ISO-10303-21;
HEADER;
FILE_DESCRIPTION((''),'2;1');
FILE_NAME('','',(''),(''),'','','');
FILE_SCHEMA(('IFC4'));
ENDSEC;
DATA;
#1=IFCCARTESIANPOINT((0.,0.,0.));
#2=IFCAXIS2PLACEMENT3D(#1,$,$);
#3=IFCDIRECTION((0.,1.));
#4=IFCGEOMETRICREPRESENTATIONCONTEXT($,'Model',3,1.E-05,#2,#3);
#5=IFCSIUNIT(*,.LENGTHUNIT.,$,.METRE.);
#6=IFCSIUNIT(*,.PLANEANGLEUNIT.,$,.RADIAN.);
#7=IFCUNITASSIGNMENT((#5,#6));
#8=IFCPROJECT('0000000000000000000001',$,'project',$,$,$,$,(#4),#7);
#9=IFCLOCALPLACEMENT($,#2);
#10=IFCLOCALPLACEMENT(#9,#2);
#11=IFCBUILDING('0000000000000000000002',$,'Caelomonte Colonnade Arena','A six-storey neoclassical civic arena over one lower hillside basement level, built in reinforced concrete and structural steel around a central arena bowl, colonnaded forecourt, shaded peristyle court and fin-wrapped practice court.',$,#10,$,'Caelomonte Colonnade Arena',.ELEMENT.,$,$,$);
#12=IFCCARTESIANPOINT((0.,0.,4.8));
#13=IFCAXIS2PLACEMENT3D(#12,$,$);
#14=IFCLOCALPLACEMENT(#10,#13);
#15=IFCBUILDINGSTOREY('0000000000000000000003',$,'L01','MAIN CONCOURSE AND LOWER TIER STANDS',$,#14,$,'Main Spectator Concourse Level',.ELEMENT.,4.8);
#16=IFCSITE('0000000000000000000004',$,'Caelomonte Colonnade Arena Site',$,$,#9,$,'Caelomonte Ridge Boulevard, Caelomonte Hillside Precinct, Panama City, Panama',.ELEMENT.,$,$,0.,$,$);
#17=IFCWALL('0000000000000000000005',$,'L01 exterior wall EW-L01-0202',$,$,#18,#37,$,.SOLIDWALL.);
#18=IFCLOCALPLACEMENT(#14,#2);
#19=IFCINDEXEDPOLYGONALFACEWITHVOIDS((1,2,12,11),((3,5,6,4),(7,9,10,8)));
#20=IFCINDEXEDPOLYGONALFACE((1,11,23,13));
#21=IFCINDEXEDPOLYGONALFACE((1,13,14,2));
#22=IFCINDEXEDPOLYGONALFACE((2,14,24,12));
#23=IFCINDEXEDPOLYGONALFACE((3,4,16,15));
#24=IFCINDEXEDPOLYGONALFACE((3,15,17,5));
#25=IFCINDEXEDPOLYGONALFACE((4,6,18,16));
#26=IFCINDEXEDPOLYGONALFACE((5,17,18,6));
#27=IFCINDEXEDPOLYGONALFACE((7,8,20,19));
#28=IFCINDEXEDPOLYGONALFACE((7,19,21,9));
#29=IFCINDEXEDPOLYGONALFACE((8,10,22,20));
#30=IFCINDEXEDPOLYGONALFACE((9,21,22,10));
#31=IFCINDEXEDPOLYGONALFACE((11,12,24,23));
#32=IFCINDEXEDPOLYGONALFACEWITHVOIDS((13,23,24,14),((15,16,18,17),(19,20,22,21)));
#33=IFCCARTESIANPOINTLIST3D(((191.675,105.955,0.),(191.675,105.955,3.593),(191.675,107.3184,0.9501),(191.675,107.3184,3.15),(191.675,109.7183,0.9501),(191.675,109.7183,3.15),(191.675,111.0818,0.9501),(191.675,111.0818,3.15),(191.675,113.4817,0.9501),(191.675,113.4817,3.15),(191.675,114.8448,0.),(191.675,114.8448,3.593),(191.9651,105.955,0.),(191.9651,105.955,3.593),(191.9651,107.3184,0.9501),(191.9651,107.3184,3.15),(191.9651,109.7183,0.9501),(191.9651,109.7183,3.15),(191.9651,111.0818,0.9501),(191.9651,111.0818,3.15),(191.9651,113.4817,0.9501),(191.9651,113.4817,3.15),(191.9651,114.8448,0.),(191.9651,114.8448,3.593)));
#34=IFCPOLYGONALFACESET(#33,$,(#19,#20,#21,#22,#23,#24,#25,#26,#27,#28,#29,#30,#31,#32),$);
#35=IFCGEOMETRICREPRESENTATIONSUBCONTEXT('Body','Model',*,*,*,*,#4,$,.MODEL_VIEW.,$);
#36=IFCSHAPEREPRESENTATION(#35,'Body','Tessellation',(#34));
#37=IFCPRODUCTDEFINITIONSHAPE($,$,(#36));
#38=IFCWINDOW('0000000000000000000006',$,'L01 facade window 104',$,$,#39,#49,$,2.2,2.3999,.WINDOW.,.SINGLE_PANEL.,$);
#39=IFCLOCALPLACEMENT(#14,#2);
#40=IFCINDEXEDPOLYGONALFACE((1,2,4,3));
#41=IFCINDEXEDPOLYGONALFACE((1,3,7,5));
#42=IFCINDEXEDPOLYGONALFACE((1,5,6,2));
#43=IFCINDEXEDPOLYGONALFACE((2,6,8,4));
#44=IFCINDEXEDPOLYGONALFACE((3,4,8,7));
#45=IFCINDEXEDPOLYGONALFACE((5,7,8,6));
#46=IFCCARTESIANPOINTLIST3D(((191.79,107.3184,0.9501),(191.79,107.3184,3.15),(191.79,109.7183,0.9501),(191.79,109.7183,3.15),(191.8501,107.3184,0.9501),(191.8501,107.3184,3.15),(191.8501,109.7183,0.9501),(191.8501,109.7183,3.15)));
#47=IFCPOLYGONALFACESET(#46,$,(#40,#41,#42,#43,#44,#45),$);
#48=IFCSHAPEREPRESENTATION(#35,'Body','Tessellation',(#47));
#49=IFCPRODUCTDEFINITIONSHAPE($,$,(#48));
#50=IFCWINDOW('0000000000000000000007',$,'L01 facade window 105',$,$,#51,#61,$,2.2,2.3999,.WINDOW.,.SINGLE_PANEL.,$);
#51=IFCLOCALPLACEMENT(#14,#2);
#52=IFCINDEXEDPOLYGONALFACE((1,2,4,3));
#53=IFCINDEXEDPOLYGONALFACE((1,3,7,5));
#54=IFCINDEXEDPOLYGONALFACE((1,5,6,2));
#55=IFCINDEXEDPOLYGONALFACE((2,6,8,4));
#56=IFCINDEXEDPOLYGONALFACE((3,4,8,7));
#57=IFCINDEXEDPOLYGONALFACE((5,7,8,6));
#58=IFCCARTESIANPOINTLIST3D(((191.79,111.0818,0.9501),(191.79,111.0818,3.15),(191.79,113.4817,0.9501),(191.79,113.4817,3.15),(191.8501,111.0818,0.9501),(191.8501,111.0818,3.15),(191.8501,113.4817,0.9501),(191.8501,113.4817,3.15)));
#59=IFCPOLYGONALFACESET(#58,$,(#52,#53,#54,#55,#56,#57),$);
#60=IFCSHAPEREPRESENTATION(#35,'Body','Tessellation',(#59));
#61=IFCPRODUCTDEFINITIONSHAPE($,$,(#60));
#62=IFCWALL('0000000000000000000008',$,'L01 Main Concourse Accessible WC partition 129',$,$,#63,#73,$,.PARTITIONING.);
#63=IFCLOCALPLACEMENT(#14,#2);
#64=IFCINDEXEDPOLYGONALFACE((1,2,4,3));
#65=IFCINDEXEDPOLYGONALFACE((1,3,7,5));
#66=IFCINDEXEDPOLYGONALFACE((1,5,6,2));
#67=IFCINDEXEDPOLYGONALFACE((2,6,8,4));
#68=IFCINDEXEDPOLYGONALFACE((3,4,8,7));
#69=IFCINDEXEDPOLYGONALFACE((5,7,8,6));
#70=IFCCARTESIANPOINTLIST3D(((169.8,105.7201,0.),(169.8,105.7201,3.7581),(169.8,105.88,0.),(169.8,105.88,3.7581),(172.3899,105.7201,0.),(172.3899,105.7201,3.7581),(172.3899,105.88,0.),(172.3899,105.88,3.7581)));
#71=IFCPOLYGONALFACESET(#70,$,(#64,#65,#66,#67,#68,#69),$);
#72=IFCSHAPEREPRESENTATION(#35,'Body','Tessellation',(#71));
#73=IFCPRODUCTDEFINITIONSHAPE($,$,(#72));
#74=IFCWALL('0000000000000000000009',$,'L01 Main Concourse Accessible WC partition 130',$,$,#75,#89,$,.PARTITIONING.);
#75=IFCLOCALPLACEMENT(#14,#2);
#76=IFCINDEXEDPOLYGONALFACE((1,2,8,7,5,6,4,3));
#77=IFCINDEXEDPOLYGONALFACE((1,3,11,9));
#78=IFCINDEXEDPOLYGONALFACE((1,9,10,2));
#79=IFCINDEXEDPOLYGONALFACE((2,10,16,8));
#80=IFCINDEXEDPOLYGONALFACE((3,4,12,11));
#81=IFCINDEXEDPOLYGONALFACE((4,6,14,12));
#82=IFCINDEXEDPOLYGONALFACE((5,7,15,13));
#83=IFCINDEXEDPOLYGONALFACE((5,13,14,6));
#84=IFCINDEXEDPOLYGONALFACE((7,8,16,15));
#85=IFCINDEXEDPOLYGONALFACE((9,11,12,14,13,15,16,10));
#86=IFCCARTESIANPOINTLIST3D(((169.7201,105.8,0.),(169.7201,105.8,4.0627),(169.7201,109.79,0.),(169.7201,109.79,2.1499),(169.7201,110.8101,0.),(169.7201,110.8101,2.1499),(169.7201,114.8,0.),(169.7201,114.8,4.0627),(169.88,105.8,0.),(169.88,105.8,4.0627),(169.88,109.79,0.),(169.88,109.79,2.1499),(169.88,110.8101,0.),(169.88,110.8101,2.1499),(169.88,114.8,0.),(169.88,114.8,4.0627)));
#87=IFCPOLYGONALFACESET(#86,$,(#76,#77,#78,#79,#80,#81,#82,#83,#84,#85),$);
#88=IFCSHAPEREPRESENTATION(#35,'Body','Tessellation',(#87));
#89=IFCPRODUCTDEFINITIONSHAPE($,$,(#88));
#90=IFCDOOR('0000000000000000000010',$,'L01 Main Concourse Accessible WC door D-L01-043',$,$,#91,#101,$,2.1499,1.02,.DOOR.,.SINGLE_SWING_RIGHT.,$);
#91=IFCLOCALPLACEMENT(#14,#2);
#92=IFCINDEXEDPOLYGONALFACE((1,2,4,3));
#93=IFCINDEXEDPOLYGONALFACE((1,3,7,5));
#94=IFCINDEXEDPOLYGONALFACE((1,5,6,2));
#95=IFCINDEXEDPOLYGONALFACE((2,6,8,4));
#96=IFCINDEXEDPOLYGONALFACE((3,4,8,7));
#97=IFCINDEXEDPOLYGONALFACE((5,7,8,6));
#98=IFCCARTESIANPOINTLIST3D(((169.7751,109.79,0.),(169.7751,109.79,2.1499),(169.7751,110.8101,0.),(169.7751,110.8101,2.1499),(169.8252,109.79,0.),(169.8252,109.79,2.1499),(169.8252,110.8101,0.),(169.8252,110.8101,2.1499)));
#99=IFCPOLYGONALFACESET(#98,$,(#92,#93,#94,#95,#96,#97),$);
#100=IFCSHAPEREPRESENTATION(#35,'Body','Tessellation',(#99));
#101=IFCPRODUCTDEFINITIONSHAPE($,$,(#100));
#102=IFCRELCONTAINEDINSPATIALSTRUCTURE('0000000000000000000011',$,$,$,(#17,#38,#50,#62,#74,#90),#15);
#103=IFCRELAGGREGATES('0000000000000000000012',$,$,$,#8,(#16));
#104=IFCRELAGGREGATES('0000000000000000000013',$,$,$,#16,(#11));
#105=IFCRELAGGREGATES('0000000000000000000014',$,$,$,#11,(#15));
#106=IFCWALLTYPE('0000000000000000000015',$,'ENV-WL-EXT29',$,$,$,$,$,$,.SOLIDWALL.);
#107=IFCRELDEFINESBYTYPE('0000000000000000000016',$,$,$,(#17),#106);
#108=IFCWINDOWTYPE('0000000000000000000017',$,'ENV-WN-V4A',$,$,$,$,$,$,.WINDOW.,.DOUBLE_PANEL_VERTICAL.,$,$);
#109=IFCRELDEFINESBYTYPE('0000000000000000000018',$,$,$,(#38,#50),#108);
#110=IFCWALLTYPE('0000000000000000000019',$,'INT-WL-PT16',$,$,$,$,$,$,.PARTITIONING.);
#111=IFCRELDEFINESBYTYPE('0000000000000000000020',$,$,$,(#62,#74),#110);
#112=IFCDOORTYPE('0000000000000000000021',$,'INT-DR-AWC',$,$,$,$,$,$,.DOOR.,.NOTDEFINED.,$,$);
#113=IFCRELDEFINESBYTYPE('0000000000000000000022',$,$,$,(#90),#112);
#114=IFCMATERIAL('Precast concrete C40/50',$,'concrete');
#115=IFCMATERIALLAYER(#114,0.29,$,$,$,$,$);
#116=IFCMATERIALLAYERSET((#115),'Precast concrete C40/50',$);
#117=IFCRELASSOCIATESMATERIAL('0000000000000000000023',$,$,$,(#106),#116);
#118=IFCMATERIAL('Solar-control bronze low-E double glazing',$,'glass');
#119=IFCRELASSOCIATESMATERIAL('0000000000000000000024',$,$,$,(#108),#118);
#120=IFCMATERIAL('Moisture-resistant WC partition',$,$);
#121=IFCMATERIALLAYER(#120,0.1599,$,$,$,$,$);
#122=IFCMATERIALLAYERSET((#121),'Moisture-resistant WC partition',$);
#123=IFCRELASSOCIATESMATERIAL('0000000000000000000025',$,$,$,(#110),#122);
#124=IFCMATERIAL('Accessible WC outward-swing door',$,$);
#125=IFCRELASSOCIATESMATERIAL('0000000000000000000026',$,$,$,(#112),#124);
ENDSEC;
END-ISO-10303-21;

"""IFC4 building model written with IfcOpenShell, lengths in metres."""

from ifc_helpers import new_model, si_unit, direction, frame, frame_2d, origin, place, context, subcontext, project, spatial, rectangle, extrude, material, layer, layer_set, type_object, element, fill, save


model = new_model("IFC4")

# Units and contexts
model_context = context("Model", 3, precision=1e-05, world=origin(), true_north=direction((0.0, 1.0)))
body_context = subcontext(model_context, "Body", "Model", "MODEL_VIEW")
ifc_project = project(units=[si_unit("LENGTHUNIT", "METRE"), si_unit("PLANEANGLEUNIT", "RADIAN")], contexts=[model_context])

# Site, building, storey
site_placement = place(None, origin())
site = spatial("IfcSite", under=ifc_project, at=site_placement, Name="Caelomonte Colonnade Arena Site", LongName="Caelomonte Ridge Boulevard, Caelomonte Hillside Precinct, Panama City, Panama", CompositionType="ELEMENT", RefElevation=0.0)
building_placement = place(site_placement, origin())
building = spatial("IfcBuilding", under=site, at=building_placement, Name="Caelomonte Colonnade Arena", Description="A six-storey neoclassical civic arena over one lower hillside basement level, built in reinforced concrete and structural steel around a central arena bowl, colonnaded forecourt, shaded peristyle court and fin-wrapped practice court.", LongName="Caelomonte Colonnade Arena", CompositionType="ELEMENT")
storey_placement = place(building_placement, frame((0.0, 0.0, 4.8)))
storey = spatial("IfcBuildingStorey", under=building, at=storey_placement, Name="L01", Description="MAIN CONCOURSE AND LOWER TIER STANDS", LongName="Main Spectator Concourse Level", CompositionType="ELEMENT", Elevation=4.8)

# Shared definitions
ifc_material_1 = material(Name="Solar-control bronze low-E double glazing", Category="glass")

# Wall, openings, windows
ifc_material_2 = material(Name="Precast concrete C40/50", Category="concrete")
ifc_layer_1 = layer(ifc_material_2, 0.29)
ifc_layer_set_1 = layer_set([ifc_layer_1], Name="Precast concrete C40/50")
wall_type_1 = type_object("IfcWallType", Name="ENV-WL-EXT29", PredefinedType="SOLIDWALL", material=ifc_layer_set_1)
window_type = type_object("IfcWindowType", Name="ENV-WN-V4A", PartitioningType="DOUBLE_PANEL_VERTICAL", PredefinedType="WINDOW", material=ifc_material_1)
wall_1_placement = place(storey_placement, frame((191.8201, 105.9551, 0.0), z_axis=(0.0, 0.0, 1.0), x_axis=(0.0, 1.0, 0.0)))
wall_1 = element("IfcWall", 1, at=wall_1_placement, inside=storey, type_object=wall_type_1, Name="L01 exterior wall EW-L01-0202", PredefinedType="SOLIDWALL", context=body_context, shape_type="SweptSolid", body=[
    extrude(rectangle(XDim=8.8899, YDim=0.29, at=frame_2d((4.4448, 0.0))), origin(), (0.0, 0.0, 1.0), 3.593),
])
opening_1_placement = place(wall_1_placement, frame((3.7632, 0.0, 0.95), z_axis=(0.0, 0.0, 1.0), x_axis=(-1.0, 0.0, 0.0)))
opening_1 = element("IfcOpeningElement", 2, at=opening_1_placement, cuts=wall_1, PredefinedType="OPENING", context=body_context, shape_type="SweptSolid", body=[
    extrude(rectangle(XDim=2.3999, YDim=2.2, at=frame_2d((1.2, 1.1001))), frame((0.0, 0.155, 0.0), z_axis=(0.0, -1.0, 0.0), x_axis=(1.0, 0.0, 0.0)), (0.0, 0.0, 1.0), 0.3101),
])
opening_2_placement = place(wall_1_placement, frame((7.5266, 0.0, 0.95), z_axis=(0.0, 0.0, 1.0), x_axis=(-1.0, 0.0, 0.0)))
opening_2 = element("IfcOpeningElement", 3, at=opening_2_placement, cuts=wall_1, PredefinedType="OPENING", context=body_context, shape_type="SweptSolid", body=[
    extrude(rectangle(XDim=2.3999, YDim=2.2, at=frame_2d((1.2, 1.1001))), frame((0.0, 0.155, 0.0), z_axis=(0.0, -1.0, 0.0), x_axis=(1.0, 0.0, 0.0)), (0.0, 0.0, 1.0), 0.3101),
])
window_1_placement = place(opening_1_placement, origin())
window_1 = element("IfcWindow", 4, at=window_1_placement, inside=storey, type_object=window_type, Name="L01 facade window 104", OverallHeight=2.2, OverallWidth=2.3999, PartitioningType="SINGLE_PANEL", PredefinedType="WINDOW", context=body_context, shape_type="SweptSolid", body=[
    extrude(rectangle(XDim=2.3999, YDim=2.2, at=frame_2d((1.2, 1.1001))), frame((0.0, 0.03, 0.0), z_axis=(0.0, -1.0, 0.0), x_axis=(1.0, 0.0, 0.0)), (0.0, 0.0, 1.0), 0.0601),
])
fill(opening_1, window_1)
window_2_placement = place(opening_2_placement, origin())
window_2 = element("IfcWindow", 5, at=window_2_placement, inside=storey, type_object=window_type, Name="L01 facade window 105", OverallHeight=2.2, OverallWidth=2.3999, PartitioningType="SINGLE_PANEL", PredefinedType="WINDOW", context=body_context, shape_type="SweptSolid", body=[
    extrude(rectangle(XDim=2.3999, YDim=2.2, at=frame_2d((1.2, 1.1001))), frame((0.0, 0.03, 0.0), z_axis=(0.0, -1.0, 0.0), x_axis=(1.0, 0.0, 0.0)), (0.0, 0.0, 1.0), 0.0601),
])
fill(opening_2, window_2)

# Wall
ifc_material_3 = material(Name="Moisture-resistant WC partition")
ifc_layer_2 = layer(ifc_material_3, 0.1599)
ifc_layer_set_2 = layer_set([ifc_layer_2], Name="Moisture-resistant WC partition")
wall_type_2 = type_object("IfcWallType", Name="INT-WL-PT16", PredefinedType="PARTITIONING", material=ifc_layer_set_2)
wall_2_placement = place(storey_placement, frame((172.3899, 105.8, 0.0), z_axis=(0.0, 0.0, 1.0), x_axis=(-1.0, 0.0, 0.0)))
element("IfcWall", 6, at=wall_2_placement, inside=storey, type_object=wall_type_2, Name="L01 Main Concourse Accessible WC partition 129", PredefinedType="PARTITIONING", context=body_context, shape_type="SweptSolid", body=[
    extrude(rectangle(XDim=2.5898, YDim=0.1599, at=frame_2d((1.2949, 0.0))), origin(), (0.0, 0.0, 1.0), 3.7581),
])

# Wall, opening, door
wall_3_placement = place(storey_placement, frame((169.8, 105.8, 0.0), z_axis=(0.0, 0.0, 1.0), x_axis=(0.0, 1.0, 0.0)))
wall_3 = element("IfcWall", 7, at=wall_3_placement, inside=storey, type_object=wall_type_2, Name="L01 Main Concourse Accessible WC partition 130", PredefinedType="PARTITIONING", context=body_context, shape_type="SweptSolid", body=[
    extrude(rectangle(XDim=9.0, YDim=0.1599, at=frame_2d((4.5, 0.0))), origin(), (0.0, 0.0, 1.0), 4.0627),
])
opening_3_placement = place(wall_3_placement, frame((3.99, 0.0, 0.0), z_axis=(0.0, 0.0, 1.0), x_axis=(1.0, 0.0, 0.0)))
opening_3 = element("IfcOpeningElement", 8, at=opening_3_placement, cuts=wall_3, PredefinedType="OPENING", context=body_context, shape_type="SweptSolid", body=[
    extrude(rectangle(XDim=1.02, YDim=2.1499, at=frame_2d((0.51, 1.075))), frame((0.0, 0.0898, 0.0), z_axis=(0.0, -1.0, 0.0), x_axis=(1.0, 0.0, 0.0)), (0.0, 0.0, 1.0), 0.1799),
])
ifc_material_4 = material(Name="Accessible WC outward-swing door")
door_type = type_object("IfcDoorType", Name="INT-DR-AWC", OperationType="NOTDEFINED", PredefinedType="DOOR", material=ifc_material_4)
door_placement = place(opening_3_placement, origin())
door = element("IfcDoor", 9, at=door_placement, inside=storey, type_object=door_type, Name="L01 Main Concourse Accessible WC door D-L01-043", OperationType="SINGLE_SWING_RIGHT", OverallHeight=2.1499, OverallWidth=1.02, PredefinedType="DOOR", context=body_context, shape_type="SweptSolid", body=[
    extrude(rectangle(XDim=1.02, YDim=2.1499, at=frame_2d((0.51, 1.075))), frame((0.0, 0.0249, 0.0), z_axis=(0.0, -1.0, 0.0), x_axis=(1.0, 0.0, 0.0)), (0.0, 0.0, 1.0), 0.05),
])
fill(opening_3, door)

save(model, "model.ifc")
